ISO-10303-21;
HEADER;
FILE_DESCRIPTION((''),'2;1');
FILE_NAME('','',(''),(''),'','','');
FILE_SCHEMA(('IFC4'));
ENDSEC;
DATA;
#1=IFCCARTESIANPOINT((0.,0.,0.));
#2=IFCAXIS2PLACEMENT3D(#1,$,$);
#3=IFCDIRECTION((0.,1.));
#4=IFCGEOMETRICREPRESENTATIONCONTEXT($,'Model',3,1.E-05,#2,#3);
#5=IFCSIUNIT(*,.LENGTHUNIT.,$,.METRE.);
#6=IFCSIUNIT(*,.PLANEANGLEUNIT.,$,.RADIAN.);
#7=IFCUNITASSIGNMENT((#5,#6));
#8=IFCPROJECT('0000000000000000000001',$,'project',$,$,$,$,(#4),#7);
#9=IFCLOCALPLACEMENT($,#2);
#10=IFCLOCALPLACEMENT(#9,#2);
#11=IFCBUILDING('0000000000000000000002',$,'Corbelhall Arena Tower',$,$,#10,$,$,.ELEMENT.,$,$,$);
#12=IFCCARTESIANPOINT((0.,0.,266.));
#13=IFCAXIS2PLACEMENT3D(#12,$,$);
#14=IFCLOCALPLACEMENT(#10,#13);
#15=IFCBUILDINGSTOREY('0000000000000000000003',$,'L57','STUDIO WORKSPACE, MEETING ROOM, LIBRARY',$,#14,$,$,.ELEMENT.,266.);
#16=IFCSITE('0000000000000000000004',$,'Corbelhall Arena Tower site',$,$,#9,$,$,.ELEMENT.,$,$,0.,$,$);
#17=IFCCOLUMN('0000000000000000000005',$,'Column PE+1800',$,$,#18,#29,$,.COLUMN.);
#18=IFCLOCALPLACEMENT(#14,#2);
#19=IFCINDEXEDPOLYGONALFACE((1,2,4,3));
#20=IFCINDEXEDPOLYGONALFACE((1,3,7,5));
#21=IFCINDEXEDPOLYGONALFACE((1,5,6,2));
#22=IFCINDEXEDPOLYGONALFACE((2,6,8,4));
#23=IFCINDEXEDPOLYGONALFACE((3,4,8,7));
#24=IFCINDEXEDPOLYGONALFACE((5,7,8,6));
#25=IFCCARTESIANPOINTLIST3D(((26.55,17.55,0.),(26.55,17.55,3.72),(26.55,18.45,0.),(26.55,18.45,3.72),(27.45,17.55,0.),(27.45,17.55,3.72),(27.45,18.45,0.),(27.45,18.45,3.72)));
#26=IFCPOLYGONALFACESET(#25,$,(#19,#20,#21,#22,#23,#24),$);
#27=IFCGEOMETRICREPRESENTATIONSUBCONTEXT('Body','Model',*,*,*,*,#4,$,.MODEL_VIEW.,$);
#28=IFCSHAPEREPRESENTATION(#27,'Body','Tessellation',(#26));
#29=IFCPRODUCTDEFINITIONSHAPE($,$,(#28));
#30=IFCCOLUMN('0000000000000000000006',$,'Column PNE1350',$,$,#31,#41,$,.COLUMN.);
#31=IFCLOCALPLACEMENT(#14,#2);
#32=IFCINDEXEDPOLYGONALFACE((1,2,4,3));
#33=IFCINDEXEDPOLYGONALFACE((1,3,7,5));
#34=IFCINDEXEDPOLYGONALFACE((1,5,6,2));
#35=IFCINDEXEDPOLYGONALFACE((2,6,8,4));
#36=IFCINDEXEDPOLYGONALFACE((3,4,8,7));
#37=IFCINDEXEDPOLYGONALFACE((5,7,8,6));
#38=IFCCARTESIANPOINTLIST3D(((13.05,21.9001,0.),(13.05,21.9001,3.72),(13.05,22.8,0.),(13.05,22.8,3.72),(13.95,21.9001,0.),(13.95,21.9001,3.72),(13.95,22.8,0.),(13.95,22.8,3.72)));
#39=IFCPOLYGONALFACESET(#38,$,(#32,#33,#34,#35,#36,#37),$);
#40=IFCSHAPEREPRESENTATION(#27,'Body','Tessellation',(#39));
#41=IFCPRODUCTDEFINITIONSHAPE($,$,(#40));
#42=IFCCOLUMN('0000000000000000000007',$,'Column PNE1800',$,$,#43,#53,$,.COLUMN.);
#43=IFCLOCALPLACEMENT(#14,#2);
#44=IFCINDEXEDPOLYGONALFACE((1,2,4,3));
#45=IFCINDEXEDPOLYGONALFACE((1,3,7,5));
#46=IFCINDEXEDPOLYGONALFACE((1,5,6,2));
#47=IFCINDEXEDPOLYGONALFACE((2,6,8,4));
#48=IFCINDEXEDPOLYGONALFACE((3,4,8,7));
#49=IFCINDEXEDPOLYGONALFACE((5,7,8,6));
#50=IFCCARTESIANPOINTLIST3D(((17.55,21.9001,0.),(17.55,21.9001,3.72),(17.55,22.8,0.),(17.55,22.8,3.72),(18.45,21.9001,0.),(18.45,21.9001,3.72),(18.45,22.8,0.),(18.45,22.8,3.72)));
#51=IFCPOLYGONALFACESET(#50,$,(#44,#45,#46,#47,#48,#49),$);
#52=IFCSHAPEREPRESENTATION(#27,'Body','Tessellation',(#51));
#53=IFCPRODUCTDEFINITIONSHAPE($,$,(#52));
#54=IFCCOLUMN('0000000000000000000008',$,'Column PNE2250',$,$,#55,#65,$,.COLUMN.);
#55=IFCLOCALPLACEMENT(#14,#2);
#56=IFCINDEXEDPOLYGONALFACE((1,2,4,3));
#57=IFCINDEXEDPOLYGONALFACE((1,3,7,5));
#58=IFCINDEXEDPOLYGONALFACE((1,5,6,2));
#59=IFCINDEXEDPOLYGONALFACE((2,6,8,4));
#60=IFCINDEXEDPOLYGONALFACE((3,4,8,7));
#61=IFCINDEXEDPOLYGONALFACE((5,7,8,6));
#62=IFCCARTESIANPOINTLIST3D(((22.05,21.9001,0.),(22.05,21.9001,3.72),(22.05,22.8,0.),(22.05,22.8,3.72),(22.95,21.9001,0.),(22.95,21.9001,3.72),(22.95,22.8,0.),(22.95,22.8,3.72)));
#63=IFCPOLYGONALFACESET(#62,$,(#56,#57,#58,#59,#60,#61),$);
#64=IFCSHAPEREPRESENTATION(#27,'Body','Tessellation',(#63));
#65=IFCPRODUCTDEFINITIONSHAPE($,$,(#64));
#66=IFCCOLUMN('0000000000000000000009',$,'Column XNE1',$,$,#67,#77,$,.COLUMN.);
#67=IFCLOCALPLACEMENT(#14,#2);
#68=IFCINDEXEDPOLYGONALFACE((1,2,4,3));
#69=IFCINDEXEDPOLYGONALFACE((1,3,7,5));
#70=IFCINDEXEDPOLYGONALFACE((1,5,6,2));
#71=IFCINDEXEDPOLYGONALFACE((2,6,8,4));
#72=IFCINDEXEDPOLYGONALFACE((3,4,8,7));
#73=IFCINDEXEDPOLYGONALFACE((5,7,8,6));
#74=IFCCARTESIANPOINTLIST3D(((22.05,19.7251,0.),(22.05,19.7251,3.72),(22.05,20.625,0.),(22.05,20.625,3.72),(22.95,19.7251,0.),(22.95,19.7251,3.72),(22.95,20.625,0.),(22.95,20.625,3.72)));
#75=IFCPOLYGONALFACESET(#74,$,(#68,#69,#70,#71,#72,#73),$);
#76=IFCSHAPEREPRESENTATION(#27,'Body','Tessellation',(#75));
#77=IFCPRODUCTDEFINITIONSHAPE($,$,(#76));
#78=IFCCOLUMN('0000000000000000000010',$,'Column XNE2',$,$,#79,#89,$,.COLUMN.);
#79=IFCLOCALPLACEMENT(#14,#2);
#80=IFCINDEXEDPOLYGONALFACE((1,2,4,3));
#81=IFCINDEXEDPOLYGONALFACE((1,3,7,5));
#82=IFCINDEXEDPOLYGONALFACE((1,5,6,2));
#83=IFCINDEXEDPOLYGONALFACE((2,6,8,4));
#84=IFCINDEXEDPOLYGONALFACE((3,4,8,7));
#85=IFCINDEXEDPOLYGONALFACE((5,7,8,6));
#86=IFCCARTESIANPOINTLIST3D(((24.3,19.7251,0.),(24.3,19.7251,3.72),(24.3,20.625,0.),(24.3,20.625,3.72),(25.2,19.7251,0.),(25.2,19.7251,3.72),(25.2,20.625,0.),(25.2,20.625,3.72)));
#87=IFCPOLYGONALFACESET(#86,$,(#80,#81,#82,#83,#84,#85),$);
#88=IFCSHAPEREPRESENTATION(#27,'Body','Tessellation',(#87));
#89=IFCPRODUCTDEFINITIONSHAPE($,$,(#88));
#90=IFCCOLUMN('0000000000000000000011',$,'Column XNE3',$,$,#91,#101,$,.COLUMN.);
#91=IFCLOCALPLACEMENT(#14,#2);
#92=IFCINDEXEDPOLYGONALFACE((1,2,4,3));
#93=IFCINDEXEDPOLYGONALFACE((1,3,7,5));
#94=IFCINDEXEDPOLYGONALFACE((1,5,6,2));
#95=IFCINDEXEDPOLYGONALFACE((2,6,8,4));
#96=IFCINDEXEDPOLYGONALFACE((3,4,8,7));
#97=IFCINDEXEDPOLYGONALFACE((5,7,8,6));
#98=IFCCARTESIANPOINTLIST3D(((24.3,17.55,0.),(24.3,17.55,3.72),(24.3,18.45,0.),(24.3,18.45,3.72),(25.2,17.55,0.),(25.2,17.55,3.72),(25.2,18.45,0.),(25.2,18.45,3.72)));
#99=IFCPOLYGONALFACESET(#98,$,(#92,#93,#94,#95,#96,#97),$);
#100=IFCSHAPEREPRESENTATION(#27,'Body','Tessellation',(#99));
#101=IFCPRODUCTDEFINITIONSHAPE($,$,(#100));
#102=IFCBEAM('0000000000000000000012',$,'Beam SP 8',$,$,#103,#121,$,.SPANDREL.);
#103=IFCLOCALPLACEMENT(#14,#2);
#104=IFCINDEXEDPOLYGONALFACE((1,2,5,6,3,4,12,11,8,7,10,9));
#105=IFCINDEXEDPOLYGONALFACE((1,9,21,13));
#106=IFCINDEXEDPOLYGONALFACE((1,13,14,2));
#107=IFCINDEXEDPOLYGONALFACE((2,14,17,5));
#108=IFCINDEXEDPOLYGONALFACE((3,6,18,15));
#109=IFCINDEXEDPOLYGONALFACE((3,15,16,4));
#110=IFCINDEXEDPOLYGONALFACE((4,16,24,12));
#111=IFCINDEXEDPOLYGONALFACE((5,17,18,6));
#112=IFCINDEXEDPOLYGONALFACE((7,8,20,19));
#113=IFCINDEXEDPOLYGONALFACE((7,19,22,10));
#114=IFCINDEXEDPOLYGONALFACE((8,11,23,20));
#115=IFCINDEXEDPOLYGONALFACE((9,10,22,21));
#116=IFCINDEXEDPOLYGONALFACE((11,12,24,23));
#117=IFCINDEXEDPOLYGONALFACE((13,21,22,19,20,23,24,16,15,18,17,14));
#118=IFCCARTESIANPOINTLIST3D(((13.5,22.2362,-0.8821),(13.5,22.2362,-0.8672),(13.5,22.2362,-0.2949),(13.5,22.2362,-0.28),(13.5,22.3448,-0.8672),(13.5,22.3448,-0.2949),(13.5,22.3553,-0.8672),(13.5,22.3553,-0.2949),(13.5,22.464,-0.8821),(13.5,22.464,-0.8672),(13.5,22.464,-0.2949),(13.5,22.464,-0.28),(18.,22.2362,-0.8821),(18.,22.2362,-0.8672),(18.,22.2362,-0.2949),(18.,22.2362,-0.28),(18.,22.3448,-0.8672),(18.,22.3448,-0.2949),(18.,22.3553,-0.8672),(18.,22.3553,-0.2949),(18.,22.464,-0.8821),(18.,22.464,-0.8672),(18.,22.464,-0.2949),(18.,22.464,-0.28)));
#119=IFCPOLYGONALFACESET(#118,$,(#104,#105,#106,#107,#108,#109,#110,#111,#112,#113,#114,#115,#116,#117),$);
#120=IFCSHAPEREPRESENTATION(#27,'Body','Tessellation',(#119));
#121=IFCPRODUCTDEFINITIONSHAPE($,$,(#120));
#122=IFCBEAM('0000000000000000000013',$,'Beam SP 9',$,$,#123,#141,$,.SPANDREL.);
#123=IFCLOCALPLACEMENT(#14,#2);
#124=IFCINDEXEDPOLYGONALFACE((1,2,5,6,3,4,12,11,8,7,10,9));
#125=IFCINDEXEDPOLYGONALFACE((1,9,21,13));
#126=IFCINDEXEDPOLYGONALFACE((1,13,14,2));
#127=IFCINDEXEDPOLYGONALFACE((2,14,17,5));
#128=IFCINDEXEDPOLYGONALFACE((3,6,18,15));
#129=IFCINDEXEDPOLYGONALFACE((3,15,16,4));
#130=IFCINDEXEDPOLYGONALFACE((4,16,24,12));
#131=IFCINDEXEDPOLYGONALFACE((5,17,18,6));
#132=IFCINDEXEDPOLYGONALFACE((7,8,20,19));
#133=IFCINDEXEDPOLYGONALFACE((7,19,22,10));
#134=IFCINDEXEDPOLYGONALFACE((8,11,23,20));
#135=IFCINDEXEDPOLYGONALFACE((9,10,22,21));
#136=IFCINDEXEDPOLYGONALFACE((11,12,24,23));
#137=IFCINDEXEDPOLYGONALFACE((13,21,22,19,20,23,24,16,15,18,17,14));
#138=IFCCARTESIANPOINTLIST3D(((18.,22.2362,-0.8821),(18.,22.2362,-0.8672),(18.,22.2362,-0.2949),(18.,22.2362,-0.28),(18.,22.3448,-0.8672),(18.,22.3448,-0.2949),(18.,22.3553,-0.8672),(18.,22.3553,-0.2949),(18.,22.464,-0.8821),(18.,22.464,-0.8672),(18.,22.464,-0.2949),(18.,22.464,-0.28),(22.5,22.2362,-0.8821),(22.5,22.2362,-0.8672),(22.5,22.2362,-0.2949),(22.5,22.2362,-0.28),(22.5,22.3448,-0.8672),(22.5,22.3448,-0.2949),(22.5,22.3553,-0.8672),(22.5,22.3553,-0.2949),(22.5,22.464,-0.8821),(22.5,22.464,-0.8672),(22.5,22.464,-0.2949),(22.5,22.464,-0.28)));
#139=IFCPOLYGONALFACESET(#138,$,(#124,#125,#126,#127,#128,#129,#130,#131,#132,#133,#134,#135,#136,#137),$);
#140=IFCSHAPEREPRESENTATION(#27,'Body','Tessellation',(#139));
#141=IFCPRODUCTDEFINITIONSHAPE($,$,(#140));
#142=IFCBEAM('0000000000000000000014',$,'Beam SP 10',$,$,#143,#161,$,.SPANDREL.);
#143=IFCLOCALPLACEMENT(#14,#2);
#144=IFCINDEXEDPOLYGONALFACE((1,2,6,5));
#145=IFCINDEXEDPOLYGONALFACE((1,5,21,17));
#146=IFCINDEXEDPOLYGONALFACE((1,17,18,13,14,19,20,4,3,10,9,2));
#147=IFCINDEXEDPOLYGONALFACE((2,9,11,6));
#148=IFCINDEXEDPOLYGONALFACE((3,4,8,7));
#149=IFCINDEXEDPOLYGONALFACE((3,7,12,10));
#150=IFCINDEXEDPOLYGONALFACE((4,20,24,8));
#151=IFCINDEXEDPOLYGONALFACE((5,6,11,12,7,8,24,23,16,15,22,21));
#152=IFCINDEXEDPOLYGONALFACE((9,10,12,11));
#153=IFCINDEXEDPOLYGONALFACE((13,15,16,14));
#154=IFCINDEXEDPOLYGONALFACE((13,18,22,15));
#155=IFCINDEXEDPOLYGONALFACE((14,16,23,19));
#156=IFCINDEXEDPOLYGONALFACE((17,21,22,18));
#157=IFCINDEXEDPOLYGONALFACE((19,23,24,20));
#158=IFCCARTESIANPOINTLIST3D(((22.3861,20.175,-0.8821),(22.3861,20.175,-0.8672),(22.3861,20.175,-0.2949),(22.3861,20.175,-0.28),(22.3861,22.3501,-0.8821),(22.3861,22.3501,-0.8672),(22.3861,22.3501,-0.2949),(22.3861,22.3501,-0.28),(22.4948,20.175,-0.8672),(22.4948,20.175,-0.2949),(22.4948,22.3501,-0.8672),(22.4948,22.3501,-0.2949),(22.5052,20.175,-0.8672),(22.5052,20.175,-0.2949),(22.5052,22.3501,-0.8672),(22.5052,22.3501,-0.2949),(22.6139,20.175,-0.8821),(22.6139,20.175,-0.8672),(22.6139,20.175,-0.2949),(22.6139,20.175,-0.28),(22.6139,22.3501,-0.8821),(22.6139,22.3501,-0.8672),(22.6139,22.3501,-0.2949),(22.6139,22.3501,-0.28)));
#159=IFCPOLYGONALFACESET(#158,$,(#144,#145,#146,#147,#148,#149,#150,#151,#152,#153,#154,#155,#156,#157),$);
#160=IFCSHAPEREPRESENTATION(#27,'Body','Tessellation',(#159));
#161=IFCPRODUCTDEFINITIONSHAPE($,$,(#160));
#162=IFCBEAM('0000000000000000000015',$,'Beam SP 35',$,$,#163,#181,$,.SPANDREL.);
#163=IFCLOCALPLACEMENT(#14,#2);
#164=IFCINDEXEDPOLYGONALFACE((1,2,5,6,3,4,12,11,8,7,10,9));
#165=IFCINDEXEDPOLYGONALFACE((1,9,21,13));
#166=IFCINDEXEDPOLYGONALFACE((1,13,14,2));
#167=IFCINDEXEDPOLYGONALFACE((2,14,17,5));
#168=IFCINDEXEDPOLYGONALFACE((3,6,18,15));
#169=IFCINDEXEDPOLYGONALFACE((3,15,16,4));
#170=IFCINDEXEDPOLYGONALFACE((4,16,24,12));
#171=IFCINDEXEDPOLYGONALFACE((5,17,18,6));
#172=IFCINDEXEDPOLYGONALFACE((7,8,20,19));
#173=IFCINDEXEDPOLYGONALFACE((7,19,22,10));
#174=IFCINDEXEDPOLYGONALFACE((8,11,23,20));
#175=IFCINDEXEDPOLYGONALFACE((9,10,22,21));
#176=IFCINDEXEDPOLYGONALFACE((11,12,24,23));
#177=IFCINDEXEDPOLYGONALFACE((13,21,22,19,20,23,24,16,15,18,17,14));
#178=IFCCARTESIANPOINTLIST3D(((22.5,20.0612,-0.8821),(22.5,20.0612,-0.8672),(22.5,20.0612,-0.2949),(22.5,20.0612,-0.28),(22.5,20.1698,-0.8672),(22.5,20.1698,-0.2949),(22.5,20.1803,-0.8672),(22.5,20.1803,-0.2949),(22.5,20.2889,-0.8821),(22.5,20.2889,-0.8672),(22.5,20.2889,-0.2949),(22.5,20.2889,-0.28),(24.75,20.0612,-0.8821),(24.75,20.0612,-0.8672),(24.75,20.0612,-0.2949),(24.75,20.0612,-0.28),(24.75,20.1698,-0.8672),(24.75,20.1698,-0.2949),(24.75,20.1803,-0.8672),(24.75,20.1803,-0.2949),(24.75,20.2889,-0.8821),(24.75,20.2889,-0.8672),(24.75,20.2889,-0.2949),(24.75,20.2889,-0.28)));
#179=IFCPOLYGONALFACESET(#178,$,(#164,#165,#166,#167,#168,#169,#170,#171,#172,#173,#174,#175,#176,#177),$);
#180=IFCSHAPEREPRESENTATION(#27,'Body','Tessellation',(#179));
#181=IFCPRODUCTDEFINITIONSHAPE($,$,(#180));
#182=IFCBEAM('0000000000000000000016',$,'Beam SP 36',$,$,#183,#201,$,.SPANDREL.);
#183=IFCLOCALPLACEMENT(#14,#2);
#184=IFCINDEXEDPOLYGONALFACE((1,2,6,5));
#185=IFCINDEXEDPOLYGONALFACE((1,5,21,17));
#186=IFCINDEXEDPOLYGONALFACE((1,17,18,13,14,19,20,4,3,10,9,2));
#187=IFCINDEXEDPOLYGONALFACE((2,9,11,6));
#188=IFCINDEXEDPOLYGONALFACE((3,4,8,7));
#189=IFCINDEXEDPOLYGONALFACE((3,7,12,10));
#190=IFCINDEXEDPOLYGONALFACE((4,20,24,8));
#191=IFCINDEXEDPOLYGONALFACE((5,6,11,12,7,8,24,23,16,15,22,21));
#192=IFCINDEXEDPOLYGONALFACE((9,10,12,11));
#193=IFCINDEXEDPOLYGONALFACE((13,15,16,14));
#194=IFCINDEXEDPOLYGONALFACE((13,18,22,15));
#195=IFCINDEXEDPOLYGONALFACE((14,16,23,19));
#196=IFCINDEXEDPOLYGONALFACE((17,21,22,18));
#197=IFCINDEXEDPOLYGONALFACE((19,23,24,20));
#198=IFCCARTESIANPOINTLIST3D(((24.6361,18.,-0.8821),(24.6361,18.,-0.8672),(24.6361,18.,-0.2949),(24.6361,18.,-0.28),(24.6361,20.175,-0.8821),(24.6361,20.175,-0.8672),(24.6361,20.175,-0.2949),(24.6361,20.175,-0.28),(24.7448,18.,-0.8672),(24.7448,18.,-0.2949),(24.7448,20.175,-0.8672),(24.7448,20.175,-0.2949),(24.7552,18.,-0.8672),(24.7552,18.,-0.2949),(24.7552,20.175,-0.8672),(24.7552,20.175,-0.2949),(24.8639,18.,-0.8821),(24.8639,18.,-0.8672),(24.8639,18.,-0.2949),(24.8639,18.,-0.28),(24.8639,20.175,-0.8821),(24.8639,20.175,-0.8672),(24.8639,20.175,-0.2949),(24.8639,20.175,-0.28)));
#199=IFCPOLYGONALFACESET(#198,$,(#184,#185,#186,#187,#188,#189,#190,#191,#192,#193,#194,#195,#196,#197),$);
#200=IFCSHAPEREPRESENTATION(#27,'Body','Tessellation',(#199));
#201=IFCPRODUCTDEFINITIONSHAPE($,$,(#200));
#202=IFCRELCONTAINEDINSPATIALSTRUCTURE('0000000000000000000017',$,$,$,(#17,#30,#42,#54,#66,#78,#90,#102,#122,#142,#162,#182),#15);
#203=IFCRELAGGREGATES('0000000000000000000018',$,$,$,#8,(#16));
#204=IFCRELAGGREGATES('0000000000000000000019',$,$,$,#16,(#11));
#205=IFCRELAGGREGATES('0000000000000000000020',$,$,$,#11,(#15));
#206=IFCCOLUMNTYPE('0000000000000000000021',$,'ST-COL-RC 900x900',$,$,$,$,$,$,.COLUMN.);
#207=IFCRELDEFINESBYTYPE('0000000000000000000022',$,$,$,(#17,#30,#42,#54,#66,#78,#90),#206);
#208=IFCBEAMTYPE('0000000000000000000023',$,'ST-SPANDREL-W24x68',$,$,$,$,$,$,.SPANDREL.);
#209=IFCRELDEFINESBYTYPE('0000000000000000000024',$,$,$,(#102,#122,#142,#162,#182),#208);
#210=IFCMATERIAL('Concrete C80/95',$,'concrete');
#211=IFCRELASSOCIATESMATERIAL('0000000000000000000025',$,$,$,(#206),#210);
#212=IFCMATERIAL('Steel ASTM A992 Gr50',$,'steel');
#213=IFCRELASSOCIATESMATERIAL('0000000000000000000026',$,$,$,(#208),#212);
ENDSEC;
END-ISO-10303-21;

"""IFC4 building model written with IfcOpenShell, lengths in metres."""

from ifc_helpers import new_model, si_unit, direction, frame, origin, origin_2d, place, context, subcontext, project, spatial, rectangle, i_section, extrude, material, material_profile, profile_set, type_object, element, save


model = new_model("IFC4")

# Units and contexts
model_context = context("Model", 3, precision=1e-05, world=origin(), true_north=direction((0.0, 1.0)))
body_context = subcontext(model_context, "Body", "Model", "MODEL_VIEW")
ifc_project = project(units=[si_unit("LENGTHUNIT", "METRE"), si_unit("PLANEANGLEUNIT", "RADIAN")], contexts=[model_context])

# Site, building, storey
site_placement = place(None, origin())
site = spatial("IfcSite", under=ifc_project, at=site_placement, Name="Corbelhall Arena Tower site", CompositionType="ELEMENT", RefElevation=0.0)
building_placement = place(site_placement, origin())
building = spatial("IfcBuilding", under=site, at=building_placement, Name="Corbelhall Arena Tower", CompositionType="ELEMENT")
storey_placement = place(building_placement, frame((0.0, 0.0, 266.0)))
storey = spatial("IfcBuildingStorey", under=building, at=storey_placement, Name="L57", Description="STUDIO WORKSPACE, MEETING ROOM, LIBRARY", CompositionType="ELEMENT", Elevation=266.0)

# Columns
ifc_material_1 = material(Name="Concrete C80/95", Category="concrete")
ifc_material_profile_1 = material_profile(ifc_material_1, rectangle(XDim=0.8999, YDim=0.8999, at=origin_2d()))
ifc_profile_set_1 = profile_set([ifc_material_profile_1], Name="Concrete C80/95")
column_type = type_object("IfcColumnType", Name="ST-COL-RC 900x900", PredefinedType="COLUMN", material=ifc_profile_set_1)
for number, where, z_axis, x_axis, name in (
    (1, (27.0, 18.0, 0.0), (0.0, 0.0, 1.0), (0.0, 1.0, 0.0), "Column PE+1800"),
    (2, (13.5, 22.3501, 0.0), (0.0, 0.0, 1.0), (1.0, 0.0, 0.0), "Column PNE1350"),
    (3, (18.0, 22.3501, 0.0), (0.0, 0.0, 1.0), (1.0, 0.0, 0.0), "Column PNE1800"),
    (4, (22.5, 22.3501, 0.0), (0.0, 0.0, 1.0), (1.0, 0.0, 0.0), "Column PNE2250"),
    (5, (22.5, 20.175, 0.0), (0.0, 0.0, 1.0), (1.0, 0.0, 0.0), "Column XNE1"),
    (6, (24.75, 20.175, 0.0), (0.0, 0.0, 1.0), (1.0, 0.0, 0.0), "Column XNE2"),
    (7, (24.75, 18.0, 0.0), (0.0, 0.0, 1.0), (1.0, 0.0, 0.0), "Column XNE3"),
):
    element("IfcColumn", number, at=place(storey_placement, frame(where, z_axis=z_axis, x_axis=x_axis)), inside=storey, type_object=column_type, Name=name, PredefinedType="COLUMN", context=body_context, shape_type="SweptSolid", body=[
        extrude(rectangle(XDim=0.8999, YDim=0.8999, at=origin_2d()), origin(), (0.0, 0.0, 1.0), 3.72),
    ])

# Beams
ifc_material_2 = material(Name="Steel ASTM A992 Gr50", Category="steel")
ifc_material_profile_2 = material_profile(ifc_material_2, i_section(OverallWidth=0.2278, OverallDepth=0.6021, WebThickness=0.0105, FlangeThickness=0.0149, at=origin_2d()))
ifc_profile_set_2 = profile_set([ifc_material_profile_2], Name="Steel ASTM A992 Gr50")
beam_type_1 = type_object("IfcBeamType", Name="ST-SPANDREL-W24x68", PredefinedType="SPANDREL", material=ifc_profile_set_2)
for number, where, z_axis, x_axis, name in (
    (8, (13.5, 22.3501, -0.5811), (1.0, 0.0, 0.0), (0.0, 1.0, 0.0), "Beam SP 8"),
    (9, (18.0, 22.3501, -0.5811), (1.0, 0.0, 0.0), (0.0, 1.0, 0.0), "Beam SP 9"),
):
    element("IfcBeam", number, at=place(storey_placement, frame(where, z_axis=z_axis, x_axis=x_axis)), inside=storey, type_object=beam_type_1, Name=name, PredefinedType="SPANDREL", context=body_context, shape_type="SweptSolid", body=[
        extrude(i_section(OverallWidth=0.2278, OverallDepth=0.6021, WebThickness=0.0105, FlangeThickness=0.0149, at=origin_2d()), origin(), (0.0, 0.0, 1.0), 4.5),
    ])
beam_1_placement = place(storey_placement, frame((22.5, 22.3501, -0.5811), z_axis=(0.0, -1.0, 0.0), x_axis=(1.0, 0.0, 0.0)))
element("IfcBeam", 10, at=beam_1_placement, inside=storey, type_object=beam_type_1, Name="Beam SP 10", PredefinedType="SPANDREL", context=body_context, shape_type="SweptSolid", body=[
    extrude(i_section(OverallWidth=0.2278, OverallDepth=0.6021, WebThickness=0.0105, FlangeThickness=0.0149, at=origin_2d()), origin(), (0.0, 0.0, 1.0), 2.175),
])
beam_2_placement = place(storey_placement, frame((22.5, 20.175, -0.5811), z_axis=(1.0, 0.0, 0.0), x_axis=(0.0, 1.0, 0.0)))
element("IfcBeam", 11, at=beam_2_placement, inside=storey, type_object=beam_type_1, Name="Beam SP 35", PredefinedType="SPANDREL", context=body_context, shape_type="SweptSolid", body=[
    extrude(i_section(OverallWidth=0.2278, OverallDepth=0.6021, WebThickness=0.0105, FlangeThickness=0.0149, at=origin_2d()), origin(), (0.0, 0.0, 1.0), 2.25),
])
beam_3_placement = place(storey_placement, frame((24.75, 20.175, -0.5811), z_axis=(0.0, -1.0, 0.0), x_axis=(1.0, 0.0, 0.0)))
element("IfcBeam", 12, at=beam_3_placement, inside=storey, type_object=beam_type_1, Name="Beam SP 36", PredefinedType="SPANDREL", context=body_context, shape_type="SweptSolid", body=[
    extrude(i_section(OverallWidth=0.2278, OverallDepth=0.6021, WebThickness=0.0105, FlangeThickness=0.0149, at=origin_2d()), origin(), (0.0, 0.0, 1.0), 2.175),
])

save(model, "model.ifc")
